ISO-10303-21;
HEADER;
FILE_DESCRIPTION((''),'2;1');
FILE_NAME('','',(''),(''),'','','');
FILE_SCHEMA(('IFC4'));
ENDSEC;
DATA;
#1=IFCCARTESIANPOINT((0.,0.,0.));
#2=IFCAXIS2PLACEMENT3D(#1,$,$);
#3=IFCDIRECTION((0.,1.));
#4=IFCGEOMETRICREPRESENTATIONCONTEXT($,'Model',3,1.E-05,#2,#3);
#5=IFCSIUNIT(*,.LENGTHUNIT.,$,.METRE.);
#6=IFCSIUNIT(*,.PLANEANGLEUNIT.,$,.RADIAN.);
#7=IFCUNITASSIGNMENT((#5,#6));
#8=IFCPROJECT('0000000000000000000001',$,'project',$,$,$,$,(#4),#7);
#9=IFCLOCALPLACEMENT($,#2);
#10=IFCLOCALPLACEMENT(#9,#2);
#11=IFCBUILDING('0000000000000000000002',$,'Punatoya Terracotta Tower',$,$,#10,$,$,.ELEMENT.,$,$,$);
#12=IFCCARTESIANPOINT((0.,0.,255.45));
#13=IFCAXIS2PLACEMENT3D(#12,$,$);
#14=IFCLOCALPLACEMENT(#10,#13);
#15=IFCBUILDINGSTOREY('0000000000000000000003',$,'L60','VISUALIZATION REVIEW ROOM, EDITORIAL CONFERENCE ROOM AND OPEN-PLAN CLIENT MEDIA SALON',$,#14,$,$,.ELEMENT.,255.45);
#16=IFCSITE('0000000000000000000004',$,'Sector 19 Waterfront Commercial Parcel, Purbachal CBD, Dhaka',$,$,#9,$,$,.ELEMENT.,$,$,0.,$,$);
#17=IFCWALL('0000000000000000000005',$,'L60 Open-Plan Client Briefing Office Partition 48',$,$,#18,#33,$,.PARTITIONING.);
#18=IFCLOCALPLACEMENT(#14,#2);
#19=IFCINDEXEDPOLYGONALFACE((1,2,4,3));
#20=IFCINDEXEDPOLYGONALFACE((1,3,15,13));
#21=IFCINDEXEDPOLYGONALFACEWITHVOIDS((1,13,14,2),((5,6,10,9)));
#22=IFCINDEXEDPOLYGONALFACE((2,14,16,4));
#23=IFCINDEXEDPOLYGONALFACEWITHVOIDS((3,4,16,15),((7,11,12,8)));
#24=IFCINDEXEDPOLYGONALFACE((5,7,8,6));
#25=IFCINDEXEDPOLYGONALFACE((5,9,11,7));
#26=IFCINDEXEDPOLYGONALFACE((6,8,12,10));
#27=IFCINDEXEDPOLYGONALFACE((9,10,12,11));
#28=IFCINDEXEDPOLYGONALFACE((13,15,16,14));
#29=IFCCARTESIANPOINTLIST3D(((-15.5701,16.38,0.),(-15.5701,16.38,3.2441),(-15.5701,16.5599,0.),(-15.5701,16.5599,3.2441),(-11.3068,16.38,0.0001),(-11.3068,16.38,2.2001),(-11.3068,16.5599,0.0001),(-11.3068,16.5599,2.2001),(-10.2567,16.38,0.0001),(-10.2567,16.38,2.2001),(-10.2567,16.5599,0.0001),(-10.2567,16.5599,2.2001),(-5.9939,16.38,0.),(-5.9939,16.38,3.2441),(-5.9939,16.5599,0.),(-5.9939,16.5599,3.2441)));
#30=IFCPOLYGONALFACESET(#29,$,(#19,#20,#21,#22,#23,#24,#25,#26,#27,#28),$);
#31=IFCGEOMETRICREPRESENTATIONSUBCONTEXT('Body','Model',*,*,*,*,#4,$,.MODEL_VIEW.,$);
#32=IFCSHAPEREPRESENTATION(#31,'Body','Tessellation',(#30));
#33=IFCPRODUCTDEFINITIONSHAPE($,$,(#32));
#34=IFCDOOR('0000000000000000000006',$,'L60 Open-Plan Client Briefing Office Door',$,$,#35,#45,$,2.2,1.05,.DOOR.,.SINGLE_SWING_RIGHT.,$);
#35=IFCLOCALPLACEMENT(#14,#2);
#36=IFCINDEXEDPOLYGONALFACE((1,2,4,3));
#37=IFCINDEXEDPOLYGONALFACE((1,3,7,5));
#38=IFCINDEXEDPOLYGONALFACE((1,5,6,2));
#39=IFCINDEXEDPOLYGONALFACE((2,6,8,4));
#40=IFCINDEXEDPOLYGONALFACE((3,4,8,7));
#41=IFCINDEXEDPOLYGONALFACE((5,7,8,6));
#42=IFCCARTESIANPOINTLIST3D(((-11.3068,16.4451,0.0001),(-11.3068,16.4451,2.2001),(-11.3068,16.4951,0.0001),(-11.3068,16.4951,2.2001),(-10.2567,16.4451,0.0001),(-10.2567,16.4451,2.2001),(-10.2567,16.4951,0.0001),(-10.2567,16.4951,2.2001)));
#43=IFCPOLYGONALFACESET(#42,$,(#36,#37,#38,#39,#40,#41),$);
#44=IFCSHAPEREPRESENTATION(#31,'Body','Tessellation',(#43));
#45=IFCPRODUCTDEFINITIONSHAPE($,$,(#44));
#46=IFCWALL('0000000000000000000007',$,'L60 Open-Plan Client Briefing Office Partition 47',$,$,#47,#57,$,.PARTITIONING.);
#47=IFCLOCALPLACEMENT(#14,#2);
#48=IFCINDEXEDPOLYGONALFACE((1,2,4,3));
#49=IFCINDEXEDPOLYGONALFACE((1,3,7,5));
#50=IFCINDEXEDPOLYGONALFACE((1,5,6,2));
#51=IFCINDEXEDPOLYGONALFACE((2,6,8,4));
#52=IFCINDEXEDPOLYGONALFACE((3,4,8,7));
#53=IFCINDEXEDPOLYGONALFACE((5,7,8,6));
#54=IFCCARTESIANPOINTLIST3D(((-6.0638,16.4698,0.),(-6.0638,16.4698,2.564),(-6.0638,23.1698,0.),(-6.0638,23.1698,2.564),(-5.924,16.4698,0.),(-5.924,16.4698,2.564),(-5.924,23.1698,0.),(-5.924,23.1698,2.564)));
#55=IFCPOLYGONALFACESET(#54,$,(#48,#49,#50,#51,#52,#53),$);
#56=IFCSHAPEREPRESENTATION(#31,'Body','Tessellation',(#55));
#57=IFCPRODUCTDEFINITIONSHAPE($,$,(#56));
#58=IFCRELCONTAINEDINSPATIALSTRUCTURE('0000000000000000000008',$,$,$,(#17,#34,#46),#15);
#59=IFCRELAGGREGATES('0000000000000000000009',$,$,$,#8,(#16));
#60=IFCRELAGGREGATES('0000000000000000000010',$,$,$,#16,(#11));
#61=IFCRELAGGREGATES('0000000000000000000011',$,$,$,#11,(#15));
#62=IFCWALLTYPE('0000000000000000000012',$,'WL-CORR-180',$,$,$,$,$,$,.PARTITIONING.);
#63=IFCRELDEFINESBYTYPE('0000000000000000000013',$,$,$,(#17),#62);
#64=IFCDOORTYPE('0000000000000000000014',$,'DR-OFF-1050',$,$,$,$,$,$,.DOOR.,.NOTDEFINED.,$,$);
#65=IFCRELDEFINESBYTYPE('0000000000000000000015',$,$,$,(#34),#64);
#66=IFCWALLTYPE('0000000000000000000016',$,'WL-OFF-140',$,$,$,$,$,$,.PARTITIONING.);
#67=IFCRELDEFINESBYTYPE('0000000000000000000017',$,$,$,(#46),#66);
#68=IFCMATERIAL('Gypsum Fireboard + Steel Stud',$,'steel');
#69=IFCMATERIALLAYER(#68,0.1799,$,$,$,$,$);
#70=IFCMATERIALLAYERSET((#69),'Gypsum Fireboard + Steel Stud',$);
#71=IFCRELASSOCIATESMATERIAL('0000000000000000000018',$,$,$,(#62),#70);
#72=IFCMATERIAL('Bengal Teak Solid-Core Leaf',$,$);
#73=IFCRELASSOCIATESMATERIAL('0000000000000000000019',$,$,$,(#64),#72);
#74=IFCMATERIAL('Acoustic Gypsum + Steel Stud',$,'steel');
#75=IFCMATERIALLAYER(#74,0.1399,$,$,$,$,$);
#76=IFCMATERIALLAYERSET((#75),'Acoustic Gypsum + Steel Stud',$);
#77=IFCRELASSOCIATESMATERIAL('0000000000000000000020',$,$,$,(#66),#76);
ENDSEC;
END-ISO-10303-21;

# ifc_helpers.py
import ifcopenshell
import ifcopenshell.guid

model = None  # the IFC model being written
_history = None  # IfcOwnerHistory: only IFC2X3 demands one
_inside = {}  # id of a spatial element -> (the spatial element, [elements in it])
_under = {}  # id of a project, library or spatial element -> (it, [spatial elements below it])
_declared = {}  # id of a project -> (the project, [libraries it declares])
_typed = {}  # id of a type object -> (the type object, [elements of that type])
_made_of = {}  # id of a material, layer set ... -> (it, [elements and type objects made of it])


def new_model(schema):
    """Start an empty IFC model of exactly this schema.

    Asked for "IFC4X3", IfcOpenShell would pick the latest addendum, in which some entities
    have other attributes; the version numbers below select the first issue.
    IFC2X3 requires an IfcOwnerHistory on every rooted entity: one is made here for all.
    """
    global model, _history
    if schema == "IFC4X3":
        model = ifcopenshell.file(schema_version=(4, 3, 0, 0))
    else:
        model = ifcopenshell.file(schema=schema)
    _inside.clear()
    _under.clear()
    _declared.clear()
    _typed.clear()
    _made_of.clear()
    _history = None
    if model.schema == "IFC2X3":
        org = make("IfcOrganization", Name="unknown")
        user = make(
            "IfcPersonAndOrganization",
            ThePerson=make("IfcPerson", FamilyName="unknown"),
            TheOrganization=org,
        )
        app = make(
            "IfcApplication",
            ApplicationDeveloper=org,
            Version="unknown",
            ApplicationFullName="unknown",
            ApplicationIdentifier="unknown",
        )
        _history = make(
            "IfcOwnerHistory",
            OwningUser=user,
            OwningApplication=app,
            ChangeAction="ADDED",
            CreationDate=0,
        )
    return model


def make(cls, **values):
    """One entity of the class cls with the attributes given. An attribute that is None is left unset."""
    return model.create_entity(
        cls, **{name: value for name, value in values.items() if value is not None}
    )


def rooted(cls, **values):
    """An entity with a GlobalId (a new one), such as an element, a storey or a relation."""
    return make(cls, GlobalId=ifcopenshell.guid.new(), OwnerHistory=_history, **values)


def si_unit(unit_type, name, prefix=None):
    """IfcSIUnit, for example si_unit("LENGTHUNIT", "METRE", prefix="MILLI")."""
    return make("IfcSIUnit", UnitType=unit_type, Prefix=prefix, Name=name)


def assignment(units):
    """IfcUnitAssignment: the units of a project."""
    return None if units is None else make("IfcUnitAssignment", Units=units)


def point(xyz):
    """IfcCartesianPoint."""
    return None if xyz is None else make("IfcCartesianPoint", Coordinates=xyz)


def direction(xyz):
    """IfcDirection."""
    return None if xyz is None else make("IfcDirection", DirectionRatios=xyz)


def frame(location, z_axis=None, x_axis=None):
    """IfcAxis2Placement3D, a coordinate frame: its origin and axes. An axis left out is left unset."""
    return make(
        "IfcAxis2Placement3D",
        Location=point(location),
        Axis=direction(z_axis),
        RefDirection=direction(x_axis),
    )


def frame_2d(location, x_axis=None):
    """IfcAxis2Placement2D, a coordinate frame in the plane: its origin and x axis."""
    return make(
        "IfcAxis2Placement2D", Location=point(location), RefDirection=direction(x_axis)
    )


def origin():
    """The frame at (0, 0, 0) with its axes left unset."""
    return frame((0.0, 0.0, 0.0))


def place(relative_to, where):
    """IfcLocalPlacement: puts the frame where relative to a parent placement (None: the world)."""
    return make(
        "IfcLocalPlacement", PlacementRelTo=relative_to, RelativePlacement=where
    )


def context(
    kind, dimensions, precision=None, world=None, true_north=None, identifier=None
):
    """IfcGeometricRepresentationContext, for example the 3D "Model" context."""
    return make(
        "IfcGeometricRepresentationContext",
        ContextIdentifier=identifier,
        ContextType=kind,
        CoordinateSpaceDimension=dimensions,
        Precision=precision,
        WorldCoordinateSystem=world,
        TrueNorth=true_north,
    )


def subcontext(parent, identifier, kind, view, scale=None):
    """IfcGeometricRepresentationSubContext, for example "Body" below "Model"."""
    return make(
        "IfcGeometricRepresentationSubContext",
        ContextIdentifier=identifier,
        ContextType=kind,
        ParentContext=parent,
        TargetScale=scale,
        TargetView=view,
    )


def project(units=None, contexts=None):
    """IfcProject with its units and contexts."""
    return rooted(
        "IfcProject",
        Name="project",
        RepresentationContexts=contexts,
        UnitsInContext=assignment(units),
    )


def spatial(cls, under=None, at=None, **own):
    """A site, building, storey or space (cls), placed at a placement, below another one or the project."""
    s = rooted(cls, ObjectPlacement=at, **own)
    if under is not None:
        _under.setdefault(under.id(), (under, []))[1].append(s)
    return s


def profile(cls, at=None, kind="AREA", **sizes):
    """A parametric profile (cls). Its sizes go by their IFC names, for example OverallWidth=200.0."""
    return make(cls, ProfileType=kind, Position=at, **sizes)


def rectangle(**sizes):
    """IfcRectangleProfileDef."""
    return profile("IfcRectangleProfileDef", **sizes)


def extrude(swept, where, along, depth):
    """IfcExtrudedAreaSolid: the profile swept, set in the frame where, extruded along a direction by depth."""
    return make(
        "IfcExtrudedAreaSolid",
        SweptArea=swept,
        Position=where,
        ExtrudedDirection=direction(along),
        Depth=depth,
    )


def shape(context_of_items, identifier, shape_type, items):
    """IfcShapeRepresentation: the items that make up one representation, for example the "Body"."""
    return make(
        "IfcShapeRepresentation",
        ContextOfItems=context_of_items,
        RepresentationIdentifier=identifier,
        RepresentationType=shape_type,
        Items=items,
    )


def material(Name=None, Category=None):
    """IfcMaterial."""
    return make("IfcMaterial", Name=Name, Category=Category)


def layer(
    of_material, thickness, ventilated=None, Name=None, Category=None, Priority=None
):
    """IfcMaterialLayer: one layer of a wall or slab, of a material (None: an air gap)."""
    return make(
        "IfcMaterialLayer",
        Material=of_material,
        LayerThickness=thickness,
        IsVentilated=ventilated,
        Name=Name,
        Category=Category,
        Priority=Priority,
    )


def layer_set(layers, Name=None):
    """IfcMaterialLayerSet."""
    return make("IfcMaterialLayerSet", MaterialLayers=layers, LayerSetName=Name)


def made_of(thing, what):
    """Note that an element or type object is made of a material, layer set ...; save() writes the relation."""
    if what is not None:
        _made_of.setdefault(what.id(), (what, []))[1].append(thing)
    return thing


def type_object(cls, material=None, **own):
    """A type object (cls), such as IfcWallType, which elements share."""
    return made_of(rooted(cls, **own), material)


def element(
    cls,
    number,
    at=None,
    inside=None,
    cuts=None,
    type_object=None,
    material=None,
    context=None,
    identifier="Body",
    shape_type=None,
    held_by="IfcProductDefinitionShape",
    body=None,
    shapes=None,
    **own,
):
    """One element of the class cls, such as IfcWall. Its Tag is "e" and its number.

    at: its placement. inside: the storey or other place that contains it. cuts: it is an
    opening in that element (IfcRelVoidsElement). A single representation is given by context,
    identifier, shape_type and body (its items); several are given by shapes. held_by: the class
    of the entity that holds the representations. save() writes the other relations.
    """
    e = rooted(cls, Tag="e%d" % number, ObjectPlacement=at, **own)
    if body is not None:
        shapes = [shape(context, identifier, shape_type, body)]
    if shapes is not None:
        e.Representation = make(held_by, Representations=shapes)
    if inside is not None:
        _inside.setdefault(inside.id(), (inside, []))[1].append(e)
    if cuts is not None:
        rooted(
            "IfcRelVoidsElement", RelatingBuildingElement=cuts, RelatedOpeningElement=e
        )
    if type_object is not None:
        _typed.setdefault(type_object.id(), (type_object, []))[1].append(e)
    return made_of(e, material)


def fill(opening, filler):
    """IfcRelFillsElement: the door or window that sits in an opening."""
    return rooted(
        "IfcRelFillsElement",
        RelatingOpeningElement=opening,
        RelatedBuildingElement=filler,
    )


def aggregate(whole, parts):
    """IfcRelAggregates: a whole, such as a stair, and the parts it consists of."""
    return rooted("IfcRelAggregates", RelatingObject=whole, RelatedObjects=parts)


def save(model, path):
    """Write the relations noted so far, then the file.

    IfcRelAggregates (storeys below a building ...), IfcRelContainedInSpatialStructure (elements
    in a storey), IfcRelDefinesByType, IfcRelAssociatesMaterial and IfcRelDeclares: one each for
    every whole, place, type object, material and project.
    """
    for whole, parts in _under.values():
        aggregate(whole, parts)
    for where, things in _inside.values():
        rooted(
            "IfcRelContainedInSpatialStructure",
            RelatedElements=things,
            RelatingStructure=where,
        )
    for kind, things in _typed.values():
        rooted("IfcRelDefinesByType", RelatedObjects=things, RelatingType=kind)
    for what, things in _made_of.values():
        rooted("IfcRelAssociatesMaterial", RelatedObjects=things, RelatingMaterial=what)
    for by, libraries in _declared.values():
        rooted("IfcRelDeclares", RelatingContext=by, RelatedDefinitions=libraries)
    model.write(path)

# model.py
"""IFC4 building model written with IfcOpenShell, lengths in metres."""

from ifc_helpers import new_model, si_unit, direction, frame, frame_2d, origin, place, context, subcontext, project, spatial, rectangle, extrude, material, layer, layer_set, type_object, element, fill, save


model = new_model("IFC4")

# Units and contexts
model_context = context("Model", 3, precision=1e-05, world=origin(), true_north=direction((0.0, 1.0)))
body_context = subcontext(model_context, "Body", "Model", "MODEL_VIEW")
ifc_project = project(units=[si_unit("LENGTHUNIT", "METRE"), si_unit("PLANEANGLEUNIT", "RADIAN")], contexts=[model_context])

# Site, building, storey
site_placement = place(None, origin())
site = spatial("IfcSite", under=ifc_project, at=site_placement, Name="Sector 19 Waterfront Commercial Parcel, Purbachal CBD, Dhaka", CompositionType="ELEMENT", RefElevation=0.0)
building_placement = place(site_placement, origin())
building = spatial("IfcBuilding", under=site, at=building_placement, Name="Punatoya Terracotta Tower", CompositionType="ELEMENT")
storey_placement = place(building_placement, frame((0.0, 0.0, 255.45)))
storey = spatial("IfcBuildingStorey", under=building, at=storey_placement, Name="L60", Description="VISUALIZATION REVIEW ROOM, EDITORIAL CONFERENCE ROOM AND OPEN-PLAN CLIENT MEDIA SALON", CompositionType="ELEMENT", Elevation=255.45)

# Wall, opening, door
ifc_material_1 = material(Name="Gypsum Fireboard + Steel Stud", Category="steel")
ifc_layer_1 = layer(ifc_material_1, 0.1799)
ifc_layer_set_1 = layer_set([ifc_layer_1], Name="Gypsum Fireboard + Steel Stud")
wall_type_1 = type_object("IfcWallType", Name="WL-CORR-180", PredefinedType="PARTITIONING", material=ifc_layer_set_1)
wall_1_placement = place(storey_placement, frame((-5.9939, 16.47, 0.0), z_axis=(0.0, 0.0, 1.0), x_axis=(-1.0, 0.0, 0.0)))
wall_1 = element("IfcWall", 1, at=wall_1_placement, inside=storey, type_object=wall_type_1, Name="L60 Open-Plan Client Briefing Office Partition 48", PredefinedType="PARTITIONING", context=body_context, shape_type="SweptSolid", body=[
    extrude(rectangle(XDim=9.5762, YDim=0.1799, at=frame_2d((4.7881, 0.0))), origin(), (0.0, 0.0, 1.0), 3.2441),
])
opening_placement = place(wall_1_placement, frame((4.2629, 0.0, 0.0)))
opening = element("IfcOpeningElement", 2, at=opening_placement, cuts=wall_1, PredefinedType="OPENING", context=body_context, shape_type="SweptSolid", body=[
    extrude(rectangle(XDim=1.05, YDim=2.2, at=frame_2d((0.5249, 1.1001))), frame((0.0, 0.0999, 0.0), z_axis=(0.0, -1.0, 0.0), x_axis=(1.0, 0.0, 0.0)), (0.0, 0.0, 1.0), 0.2),
])
ifc_material_2 = material(Name="Bengal Teak Solid-Core Leaf")
door_type = type_object("IfcDoorType", Name="DR-OFF-1050", OperationType="NOTDEFINED", PredefinedType="DOOR", material=ifc_material_2)
door_placement = place(opening_placement, origin())
door = element("IfcDoor", 3, at=door_placement, inside=storey, type_object=door_type, Name="L60 Open-Plan Client Briefing Office Door", OperationType="SINGLE_SWING_RIGHT", OverallHeight=2.2, OverallWidth=1.05, PredefinedType="DOOR", context=body_context, shape_type="SweptSolid", body=[
    extrude(rectangle(XDim=1.05, YDim=2.2, at=frame_2d((0.5249, 1.1001))), frame((0.0, 0.0249, 0.0), z_axis=(0.0, -1.0, 0.0), x_axis=(1.0, 0.0, 0.0)), (0.0, 0.0, 1.0), 0.05),
])
fill(opening, door)

# Wall
ifc_material_3 = material(Name="Acoustic Gypsum + Steel Stud", Category="steel")
ifc_layer_2 = layer(ifc_material_3, 0.1399)
ifc_layer_set_2 = layer_set([ifc_layer_2], Name="Acoustic Gypsum + Steel Stud")
wall_type_2 = type_object("IfcWallType", Name="WL-OFF-140", PredefinedType="PARTITIONING", material=ifc_layer_set_2)
wall_2_placement = place(storey_placement, frame((-5.9939, 23.1699, 0.0), z_axis=(0.0, 0.0, 1.0), x_axis=(0.0, -1.0, 0.0)))
element("IfcWall", 4, at=wall_2_placement, inside=storey, type_object=wall_type_2, Name="L60 Open-Plan Client Briefing Office Partition 47", PredefinedType="PARTITIONING", context=body_context, shape_type="SweptSolid", body=[
    extrude(rectangle(XDim=6.7, YDim=0.1399, at=frame_2d((3.3501, 0.0))), origin(), (0.0, 0.0, 1.0), 2.564),
])

save(model, "model.ifc")
